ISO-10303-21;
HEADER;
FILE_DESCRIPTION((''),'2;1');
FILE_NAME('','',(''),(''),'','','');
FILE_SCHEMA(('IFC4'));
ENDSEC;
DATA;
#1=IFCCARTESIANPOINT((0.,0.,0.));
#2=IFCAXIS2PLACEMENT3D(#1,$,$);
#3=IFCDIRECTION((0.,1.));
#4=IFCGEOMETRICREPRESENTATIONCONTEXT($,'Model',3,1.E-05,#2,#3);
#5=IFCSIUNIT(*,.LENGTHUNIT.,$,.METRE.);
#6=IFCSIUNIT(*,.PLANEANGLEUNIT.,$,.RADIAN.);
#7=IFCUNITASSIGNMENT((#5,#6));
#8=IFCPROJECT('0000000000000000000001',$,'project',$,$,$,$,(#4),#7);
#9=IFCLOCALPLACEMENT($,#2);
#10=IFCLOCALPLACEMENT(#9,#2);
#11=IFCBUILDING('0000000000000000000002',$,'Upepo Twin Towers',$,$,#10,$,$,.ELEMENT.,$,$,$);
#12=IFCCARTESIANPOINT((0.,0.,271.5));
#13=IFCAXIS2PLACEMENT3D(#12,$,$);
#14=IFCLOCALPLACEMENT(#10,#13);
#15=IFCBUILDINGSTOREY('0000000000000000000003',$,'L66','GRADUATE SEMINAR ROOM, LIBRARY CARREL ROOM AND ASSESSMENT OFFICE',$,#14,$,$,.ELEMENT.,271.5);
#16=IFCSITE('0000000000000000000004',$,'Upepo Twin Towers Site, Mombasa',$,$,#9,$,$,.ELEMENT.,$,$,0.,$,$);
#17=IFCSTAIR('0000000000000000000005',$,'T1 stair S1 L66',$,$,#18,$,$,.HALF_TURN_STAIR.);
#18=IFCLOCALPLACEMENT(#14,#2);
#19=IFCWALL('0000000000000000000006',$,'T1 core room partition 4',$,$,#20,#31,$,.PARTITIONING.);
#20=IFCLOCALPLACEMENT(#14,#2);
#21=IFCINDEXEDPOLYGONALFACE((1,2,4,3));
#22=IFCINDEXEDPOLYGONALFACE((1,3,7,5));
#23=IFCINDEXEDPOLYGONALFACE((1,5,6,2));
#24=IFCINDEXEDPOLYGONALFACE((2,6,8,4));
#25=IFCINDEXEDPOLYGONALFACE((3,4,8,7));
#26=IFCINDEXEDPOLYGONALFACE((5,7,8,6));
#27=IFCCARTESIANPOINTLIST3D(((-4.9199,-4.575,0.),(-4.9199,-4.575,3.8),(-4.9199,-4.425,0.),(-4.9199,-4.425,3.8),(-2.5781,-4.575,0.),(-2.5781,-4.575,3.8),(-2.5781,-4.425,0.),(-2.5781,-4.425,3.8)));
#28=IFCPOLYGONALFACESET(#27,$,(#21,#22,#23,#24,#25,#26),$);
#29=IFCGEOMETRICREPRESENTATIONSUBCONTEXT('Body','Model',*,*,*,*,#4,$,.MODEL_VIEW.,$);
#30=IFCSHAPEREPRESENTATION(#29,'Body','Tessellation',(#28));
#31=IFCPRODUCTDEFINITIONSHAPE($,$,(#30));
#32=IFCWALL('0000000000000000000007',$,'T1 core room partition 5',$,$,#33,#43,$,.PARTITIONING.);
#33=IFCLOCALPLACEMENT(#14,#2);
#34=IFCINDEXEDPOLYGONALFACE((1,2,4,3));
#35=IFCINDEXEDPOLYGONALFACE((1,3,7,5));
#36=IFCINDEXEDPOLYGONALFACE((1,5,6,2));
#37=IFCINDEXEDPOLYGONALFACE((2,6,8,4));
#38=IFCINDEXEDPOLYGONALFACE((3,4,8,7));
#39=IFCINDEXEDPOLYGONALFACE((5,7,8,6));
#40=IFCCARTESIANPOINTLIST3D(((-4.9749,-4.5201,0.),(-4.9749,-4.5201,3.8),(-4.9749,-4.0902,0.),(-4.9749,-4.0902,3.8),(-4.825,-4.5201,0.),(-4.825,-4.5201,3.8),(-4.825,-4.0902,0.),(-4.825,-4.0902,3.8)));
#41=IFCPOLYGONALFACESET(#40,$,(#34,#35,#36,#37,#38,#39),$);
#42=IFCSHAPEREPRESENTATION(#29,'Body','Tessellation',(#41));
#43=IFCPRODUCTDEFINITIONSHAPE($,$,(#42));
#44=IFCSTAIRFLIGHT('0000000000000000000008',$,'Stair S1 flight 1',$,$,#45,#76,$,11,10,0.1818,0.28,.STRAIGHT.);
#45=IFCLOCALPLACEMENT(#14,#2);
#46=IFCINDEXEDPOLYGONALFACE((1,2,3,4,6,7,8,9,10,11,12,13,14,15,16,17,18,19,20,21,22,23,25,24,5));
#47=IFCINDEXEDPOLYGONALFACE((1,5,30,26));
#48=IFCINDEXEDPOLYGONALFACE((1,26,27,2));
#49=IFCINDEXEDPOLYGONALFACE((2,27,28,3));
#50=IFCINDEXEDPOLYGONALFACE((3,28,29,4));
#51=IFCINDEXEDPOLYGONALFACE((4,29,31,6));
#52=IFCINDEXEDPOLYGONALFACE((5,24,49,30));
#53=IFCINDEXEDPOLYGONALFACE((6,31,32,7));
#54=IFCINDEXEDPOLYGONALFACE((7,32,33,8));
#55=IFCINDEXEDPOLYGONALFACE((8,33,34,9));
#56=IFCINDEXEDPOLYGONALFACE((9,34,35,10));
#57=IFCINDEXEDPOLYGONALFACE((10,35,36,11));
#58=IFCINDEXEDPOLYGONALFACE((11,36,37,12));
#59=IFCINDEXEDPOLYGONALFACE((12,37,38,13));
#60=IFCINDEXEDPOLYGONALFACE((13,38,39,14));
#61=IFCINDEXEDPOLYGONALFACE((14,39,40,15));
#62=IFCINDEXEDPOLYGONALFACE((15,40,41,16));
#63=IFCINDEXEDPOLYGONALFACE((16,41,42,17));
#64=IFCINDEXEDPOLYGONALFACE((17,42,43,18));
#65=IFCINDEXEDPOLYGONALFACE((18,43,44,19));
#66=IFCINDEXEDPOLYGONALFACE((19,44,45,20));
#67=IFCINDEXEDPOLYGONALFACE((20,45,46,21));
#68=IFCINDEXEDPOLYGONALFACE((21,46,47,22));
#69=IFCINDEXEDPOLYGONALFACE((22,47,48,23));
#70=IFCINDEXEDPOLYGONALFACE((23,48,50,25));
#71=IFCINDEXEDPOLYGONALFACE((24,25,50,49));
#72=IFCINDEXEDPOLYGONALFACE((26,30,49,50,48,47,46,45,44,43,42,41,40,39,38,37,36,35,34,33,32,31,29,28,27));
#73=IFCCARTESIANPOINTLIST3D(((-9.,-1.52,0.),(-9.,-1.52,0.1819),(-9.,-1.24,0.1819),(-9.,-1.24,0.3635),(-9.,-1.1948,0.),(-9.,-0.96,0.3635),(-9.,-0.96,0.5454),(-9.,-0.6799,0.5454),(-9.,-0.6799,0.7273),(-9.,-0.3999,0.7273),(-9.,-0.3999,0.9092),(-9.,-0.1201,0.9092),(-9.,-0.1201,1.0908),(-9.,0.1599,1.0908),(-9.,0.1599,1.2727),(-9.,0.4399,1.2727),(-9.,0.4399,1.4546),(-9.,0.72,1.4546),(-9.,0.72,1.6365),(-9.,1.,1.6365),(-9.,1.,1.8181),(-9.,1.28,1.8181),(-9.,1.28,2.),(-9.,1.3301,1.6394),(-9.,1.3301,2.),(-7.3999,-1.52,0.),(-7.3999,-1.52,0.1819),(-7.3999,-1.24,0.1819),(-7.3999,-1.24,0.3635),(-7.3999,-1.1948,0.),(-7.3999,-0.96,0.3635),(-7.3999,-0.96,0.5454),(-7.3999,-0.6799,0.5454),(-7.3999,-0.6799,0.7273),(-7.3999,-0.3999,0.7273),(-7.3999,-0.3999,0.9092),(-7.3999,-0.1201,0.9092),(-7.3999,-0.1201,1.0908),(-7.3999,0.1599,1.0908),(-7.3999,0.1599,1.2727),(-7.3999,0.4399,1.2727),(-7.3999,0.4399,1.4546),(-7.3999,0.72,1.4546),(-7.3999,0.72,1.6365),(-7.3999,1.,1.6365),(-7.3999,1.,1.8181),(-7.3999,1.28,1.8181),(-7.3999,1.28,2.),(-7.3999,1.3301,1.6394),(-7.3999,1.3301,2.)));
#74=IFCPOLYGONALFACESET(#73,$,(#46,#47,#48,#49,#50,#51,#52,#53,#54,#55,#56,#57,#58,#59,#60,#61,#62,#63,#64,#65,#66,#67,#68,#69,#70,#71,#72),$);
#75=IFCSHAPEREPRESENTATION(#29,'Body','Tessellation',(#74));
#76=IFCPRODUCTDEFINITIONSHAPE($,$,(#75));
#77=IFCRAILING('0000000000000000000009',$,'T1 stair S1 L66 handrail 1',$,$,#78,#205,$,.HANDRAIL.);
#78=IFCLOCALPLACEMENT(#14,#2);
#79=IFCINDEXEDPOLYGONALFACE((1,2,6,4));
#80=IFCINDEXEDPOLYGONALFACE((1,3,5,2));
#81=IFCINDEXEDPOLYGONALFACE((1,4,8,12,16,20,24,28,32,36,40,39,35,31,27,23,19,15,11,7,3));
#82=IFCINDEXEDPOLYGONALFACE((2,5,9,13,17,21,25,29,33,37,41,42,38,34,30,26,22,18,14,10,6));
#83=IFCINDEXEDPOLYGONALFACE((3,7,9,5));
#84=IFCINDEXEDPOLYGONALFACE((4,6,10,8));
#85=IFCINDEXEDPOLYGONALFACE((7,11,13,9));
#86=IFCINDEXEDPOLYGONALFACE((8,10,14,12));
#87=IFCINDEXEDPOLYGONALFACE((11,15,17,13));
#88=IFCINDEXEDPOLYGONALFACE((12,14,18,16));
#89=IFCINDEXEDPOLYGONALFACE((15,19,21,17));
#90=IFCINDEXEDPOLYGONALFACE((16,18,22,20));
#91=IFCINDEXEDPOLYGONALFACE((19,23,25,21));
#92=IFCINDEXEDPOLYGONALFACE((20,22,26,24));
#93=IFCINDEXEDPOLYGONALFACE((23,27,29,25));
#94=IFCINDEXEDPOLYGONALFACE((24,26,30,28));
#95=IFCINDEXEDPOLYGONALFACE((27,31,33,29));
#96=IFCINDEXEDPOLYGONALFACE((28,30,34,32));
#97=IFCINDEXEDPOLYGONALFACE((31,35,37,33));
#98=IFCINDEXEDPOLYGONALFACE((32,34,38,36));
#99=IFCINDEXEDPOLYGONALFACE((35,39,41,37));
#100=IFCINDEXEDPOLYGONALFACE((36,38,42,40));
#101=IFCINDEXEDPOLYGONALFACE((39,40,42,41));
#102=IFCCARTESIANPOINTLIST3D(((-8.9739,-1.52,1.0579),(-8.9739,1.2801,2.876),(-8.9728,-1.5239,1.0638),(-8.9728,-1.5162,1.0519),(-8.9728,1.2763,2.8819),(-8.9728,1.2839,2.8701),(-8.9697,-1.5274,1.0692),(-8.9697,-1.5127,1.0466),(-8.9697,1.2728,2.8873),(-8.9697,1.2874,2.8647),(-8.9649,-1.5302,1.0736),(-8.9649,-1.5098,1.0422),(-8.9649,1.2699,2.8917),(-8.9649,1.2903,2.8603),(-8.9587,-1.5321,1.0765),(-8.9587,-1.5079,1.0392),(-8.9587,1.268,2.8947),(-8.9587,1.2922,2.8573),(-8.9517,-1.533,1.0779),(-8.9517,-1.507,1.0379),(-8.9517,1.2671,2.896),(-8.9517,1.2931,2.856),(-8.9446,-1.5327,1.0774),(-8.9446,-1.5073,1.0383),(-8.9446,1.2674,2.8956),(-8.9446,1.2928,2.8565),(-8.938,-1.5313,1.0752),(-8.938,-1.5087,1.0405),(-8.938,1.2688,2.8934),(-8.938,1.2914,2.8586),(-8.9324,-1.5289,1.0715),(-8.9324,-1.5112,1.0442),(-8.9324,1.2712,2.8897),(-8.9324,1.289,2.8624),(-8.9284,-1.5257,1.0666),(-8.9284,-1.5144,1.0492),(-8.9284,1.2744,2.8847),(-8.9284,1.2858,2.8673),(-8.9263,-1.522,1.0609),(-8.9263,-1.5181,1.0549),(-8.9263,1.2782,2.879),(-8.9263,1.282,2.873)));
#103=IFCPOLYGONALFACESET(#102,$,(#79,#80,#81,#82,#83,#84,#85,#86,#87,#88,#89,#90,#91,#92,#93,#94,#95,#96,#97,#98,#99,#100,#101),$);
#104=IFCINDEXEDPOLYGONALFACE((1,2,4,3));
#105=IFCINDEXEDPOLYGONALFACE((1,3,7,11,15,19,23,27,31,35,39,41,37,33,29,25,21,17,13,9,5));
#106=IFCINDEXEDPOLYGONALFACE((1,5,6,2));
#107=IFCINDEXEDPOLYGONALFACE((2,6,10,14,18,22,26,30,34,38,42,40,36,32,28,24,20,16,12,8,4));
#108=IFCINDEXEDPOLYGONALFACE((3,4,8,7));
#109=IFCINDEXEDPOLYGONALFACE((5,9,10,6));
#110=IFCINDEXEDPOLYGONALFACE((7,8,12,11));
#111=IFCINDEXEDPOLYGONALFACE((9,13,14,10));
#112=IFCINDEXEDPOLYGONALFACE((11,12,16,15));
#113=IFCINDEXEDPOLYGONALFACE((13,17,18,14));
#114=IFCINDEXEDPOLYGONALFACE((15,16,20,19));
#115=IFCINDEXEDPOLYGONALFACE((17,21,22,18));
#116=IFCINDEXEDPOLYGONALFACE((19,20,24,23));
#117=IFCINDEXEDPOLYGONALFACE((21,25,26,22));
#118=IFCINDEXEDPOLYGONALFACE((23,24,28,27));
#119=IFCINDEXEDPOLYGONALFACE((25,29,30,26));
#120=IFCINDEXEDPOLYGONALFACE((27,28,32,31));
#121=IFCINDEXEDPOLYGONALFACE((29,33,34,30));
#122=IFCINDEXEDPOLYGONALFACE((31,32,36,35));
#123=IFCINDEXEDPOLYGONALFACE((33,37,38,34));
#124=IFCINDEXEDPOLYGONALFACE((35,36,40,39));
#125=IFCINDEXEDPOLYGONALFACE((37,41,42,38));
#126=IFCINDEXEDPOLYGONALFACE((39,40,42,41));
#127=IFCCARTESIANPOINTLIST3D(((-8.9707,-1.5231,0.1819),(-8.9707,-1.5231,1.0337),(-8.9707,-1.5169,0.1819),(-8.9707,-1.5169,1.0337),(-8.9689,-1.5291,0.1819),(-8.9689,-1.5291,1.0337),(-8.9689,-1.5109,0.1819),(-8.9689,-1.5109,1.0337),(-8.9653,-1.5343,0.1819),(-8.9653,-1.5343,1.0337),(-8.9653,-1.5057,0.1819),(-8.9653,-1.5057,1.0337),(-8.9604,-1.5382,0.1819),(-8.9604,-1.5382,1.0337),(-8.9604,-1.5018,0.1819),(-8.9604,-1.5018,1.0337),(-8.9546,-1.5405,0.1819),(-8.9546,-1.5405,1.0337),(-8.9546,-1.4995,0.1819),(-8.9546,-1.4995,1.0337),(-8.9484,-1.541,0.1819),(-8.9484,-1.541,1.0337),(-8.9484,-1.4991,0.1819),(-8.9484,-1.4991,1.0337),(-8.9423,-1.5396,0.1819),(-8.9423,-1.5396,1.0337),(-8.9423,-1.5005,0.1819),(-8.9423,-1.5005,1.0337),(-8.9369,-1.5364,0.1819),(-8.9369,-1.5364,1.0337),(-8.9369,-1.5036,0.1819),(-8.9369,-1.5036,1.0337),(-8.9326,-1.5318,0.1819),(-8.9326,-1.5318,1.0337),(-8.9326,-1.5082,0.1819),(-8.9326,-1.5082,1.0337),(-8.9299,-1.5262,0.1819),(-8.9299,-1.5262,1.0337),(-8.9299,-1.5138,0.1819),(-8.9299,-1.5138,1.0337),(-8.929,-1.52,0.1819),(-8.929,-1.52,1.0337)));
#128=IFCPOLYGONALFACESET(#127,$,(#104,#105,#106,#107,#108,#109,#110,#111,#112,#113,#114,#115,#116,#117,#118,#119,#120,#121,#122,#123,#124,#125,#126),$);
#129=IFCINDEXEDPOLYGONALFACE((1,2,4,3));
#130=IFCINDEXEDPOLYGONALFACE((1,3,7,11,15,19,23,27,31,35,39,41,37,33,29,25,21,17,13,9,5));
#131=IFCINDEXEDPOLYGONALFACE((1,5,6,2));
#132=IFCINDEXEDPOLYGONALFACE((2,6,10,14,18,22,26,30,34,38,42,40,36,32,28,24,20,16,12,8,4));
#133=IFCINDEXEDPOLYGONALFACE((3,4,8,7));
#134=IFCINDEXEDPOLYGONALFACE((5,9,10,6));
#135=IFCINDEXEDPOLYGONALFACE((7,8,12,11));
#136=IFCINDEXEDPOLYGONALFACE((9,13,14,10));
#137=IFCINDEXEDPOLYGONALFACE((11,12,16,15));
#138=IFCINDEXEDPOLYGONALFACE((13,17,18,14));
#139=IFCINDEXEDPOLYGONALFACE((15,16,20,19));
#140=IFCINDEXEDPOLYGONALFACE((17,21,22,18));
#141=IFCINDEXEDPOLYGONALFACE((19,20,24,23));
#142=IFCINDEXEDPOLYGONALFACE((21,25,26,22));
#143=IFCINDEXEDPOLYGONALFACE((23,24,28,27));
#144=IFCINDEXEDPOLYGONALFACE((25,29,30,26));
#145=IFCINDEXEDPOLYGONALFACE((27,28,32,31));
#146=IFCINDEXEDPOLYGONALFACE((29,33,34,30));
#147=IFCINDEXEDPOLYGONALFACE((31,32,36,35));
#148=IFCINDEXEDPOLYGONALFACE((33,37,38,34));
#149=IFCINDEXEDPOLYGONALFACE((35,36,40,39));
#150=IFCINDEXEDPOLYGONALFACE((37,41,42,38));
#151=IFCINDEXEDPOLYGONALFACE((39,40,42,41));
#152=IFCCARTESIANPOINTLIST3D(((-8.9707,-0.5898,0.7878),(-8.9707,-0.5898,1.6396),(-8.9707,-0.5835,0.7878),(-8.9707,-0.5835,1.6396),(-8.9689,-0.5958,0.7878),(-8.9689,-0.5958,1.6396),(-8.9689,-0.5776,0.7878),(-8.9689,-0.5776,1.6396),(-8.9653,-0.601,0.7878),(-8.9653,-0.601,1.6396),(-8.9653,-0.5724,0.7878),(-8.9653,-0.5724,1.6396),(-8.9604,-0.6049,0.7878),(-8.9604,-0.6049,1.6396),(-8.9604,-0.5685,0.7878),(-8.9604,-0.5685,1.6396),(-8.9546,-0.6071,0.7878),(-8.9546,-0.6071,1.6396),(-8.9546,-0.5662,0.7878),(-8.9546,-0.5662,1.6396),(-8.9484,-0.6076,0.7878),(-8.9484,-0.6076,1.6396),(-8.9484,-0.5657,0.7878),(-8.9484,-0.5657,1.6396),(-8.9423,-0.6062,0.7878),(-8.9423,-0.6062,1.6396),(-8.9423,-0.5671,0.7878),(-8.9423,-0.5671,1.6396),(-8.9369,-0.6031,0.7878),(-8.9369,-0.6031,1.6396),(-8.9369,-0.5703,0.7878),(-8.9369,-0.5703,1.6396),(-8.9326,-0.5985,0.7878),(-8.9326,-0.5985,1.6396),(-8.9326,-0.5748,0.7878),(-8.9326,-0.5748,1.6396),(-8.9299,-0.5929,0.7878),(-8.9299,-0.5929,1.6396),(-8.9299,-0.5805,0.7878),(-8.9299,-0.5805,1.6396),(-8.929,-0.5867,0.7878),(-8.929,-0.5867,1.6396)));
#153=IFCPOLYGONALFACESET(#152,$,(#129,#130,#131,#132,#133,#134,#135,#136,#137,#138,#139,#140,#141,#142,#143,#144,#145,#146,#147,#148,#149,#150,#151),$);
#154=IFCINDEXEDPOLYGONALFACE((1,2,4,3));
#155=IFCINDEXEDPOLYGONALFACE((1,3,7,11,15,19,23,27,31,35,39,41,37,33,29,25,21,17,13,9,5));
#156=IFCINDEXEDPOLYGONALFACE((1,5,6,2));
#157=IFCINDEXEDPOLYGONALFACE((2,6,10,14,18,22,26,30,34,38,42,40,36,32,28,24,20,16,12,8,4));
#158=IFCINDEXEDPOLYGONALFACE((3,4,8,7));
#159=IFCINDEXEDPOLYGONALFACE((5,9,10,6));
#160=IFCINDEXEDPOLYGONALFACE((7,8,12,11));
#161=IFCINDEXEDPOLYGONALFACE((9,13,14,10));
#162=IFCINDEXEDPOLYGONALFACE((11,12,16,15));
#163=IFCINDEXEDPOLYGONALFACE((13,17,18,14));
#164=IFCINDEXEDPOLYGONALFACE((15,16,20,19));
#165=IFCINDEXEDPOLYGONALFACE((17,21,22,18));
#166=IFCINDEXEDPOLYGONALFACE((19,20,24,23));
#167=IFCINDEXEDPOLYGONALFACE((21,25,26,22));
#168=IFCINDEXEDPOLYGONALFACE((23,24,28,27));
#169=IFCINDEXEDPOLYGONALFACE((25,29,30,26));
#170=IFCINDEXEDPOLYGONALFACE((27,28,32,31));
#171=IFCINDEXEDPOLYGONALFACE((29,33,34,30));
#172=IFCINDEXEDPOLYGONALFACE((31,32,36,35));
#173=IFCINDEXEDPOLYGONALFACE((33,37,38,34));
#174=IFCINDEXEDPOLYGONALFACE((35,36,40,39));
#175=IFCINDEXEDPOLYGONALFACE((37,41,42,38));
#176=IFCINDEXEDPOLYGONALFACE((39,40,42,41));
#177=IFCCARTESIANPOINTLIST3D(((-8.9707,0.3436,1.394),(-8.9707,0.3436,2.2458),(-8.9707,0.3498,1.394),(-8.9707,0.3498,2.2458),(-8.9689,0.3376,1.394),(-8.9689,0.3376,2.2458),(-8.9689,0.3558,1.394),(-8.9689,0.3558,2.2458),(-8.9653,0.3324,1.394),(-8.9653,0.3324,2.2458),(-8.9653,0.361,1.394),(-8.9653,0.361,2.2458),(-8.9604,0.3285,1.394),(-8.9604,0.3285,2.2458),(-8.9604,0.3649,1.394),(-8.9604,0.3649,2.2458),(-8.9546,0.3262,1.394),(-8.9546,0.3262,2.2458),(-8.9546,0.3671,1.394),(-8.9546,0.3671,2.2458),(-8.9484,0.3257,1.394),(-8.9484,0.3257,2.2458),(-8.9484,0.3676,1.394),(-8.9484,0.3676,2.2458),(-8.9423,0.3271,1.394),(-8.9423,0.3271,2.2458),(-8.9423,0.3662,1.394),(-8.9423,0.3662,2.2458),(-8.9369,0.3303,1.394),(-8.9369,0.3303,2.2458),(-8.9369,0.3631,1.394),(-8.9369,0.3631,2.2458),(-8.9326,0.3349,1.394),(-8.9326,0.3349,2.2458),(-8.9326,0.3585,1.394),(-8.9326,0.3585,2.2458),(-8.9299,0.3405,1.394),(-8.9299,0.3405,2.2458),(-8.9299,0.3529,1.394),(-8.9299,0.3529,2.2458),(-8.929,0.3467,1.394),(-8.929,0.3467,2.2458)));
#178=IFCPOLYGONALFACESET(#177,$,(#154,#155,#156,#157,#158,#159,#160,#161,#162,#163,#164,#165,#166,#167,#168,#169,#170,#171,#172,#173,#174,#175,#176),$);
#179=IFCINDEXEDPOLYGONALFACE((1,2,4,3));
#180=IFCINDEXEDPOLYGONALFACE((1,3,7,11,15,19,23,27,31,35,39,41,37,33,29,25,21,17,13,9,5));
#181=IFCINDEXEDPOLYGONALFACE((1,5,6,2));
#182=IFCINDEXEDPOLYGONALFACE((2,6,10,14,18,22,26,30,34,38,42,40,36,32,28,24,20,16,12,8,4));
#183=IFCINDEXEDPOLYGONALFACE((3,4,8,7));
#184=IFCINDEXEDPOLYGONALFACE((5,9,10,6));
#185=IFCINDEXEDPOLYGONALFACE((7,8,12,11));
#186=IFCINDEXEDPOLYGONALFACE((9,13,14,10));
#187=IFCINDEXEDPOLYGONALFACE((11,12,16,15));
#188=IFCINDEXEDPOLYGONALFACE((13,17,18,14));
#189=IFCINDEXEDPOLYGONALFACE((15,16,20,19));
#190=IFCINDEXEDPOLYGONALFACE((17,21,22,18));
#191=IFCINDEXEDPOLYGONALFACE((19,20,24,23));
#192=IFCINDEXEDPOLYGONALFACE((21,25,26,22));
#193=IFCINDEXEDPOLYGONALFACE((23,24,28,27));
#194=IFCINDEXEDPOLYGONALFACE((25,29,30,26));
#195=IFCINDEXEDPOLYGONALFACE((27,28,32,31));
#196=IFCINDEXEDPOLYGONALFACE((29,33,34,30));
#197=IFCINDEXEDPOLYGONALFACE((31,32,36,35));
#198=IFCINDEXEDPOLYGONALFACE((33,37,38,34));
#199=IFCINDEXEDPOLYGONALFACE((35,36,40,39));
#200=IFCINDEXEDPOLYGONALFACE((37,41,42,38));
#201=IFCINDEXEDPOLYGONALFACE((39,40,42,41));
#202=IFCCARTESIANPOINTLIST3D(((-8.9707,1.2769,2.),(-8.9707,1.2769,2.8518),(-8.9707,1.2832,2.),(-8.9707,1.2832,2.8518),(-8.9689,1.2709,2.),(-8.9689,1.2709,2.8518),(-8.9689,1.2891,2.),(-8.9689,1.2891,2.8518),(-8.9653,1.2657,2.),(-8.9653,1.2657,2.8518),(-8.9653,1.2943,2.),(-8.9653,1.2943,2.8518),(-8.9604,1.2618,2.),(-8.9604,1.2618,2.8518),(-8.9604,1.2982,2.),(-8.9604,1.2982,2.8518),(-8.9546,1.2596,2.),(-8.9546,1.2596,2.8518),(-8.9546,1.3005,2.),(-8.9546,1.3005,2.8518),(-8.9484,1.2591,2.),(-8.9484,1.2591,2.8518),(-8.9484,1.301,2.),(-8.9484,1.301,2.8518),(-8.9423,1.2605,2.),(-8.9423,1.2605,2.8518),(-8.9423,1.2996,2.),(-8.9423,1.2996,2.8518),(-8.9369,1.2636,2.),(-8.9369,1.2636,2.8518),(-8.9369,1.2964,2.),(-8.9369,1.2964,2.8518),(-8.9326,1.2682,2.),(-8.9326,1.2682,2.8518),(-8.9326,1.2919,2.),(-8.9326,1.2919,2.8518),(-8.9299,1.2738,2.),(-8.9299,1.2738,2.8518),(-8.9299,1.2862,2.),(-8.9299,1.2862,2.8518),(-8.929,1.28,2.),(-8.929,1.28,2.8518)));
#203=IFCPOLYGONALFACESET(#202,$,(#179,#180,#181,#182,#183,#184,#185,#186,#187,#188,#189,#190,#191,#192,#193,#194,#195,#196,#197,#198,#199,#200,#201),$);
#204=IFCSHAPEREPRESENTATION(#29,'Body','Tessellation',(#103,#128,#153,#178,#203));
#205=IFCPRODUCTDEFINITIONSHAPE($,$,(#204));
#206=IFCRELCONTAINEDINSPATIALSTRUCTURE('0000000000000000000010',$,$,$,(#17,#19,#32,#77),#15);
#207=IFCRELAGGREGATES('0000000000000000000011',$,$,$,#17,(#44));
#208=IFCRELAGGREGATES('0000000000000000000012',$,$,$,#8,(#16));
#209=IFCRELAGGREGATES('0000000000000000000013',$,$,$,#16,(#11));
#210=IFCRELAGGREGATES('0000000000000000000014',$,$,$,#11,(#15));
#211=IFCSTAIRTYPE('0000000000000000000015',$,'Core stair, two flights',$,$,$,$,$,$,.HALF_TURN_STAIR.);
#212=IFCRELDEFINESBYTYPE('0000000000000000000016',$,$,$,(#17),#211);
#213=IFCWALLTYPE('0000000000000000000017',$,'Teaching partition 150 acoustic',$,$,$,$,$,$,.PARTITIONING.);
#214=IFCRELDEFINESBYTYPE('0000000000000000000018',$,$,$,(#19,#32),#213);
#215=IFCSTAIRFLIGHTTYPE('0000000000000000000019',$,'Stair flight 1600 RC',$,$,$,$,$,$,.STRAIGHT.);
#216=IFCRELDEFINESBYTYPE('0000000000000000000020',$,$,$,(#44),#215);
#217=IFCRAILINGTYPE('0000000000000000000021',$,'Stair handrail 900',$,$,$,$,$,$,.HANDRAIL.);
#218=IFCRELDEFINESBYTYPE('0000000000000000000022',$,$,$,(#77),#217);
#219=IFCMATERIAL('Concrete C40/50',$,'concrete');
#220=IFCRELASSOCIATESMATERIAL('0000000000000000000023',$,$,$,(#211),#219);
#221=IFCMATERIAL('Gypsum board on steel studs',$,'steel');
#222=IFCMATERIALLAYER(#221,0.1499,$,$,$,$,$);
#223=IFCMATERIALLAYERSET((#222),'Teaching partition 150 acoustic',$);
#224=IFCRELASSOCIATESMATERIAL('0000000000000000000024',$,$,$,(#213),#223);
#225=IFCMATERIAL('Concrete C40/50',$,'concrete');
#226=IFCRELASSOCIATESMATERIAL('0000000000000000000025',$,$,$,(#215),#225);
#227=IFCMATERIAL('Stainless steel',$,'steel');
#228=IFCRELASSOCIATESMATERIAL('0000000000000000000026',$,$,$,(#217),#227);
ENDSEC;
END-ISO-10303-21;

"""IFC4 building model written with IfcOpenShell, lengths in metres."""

from ifc_helpers import new_model, si_unit, direction, frame, frame_2d, origin, origin_2d, place, context, subcontext, project, spatial, polyline, rectangle, circle, outline, extrude, material, layer, layer_set, type_object, element, aggregate, save


model = new_model("IFC4")

# Units and contexts
model_context = context("Model", 3, precision=1e-05, world=origin(), true_north=direction((0.0, 1.0)))
body_context = subcontext(model_context, "Body", "Model", "MODEL_VIEW")
ifc_project = project(units=[si_unit("LENGTHUNIT", "METRE"), si_unit("PLANEANGLEUNIT", "RADIAN")], contexts=[model_context])

# Site, building, storey
site_placement = place(None, origin())
site = spatial("IfcSite", under=ifc_project, at=site_placement, Name="Upepo Twin Towers Site, Mombasa", CompositionType="ELEMENT", RefElevation=0.0)
building_placement = place(site_placement, origin())
building = spatial("IfcBuilding", under=site, at=building_placement, Name="Upepo Twin Towers", CompositionType="ELEMENT")
storey_placement = place(building_placement, frame((0.0, 0.0, 271.5)))
storey = spatial("IfcBuildingStorey", under=building, at=storey_placement, Name="L66", Description="GRADUATE SEMINAR ROOM, LIBRARY CARREL ROOM AND ASSESSMENT OFFICE", CompositionType="ELEMENT", Elevation=271.5)

# Stair
ifc_material_1 = material(Name="Concrete C40/50", Category="concrete")
stair_type = type_object("IfcStairType", Name="Core stair, two flights", PredefinedType="HALF_TURN_STAIR", material=ifc_material_1)
stair_placement = place(storey_placement, origin())
stair = element("IfcStair", 1, at=stair_placement, inside=storey, type_object=stair_type, Name="T1 stair S1 L66", PredefinedType="HALF_TURN_STAIR")

# Shared definitions
ifc_material_2 = material(Name="Gypsum board on steel studs", Category="steel")
ifc_layer_1 = layer(ifc_material_2, 0.1499)
ifc_layer_set_1 = layer_set([ifc_layer_1], Name="Teaching partition 150 acoustic")
wall_type_1 = type_object("IfcWallType", Name="Teaching partition 150 acoustic", PredefinedType="PARTITIONING", material=ifc_layer_set_1)

# Walls
wall_1_placement = place(storey_placement, frame((-2.5781, -4.5, 0.0), z_axis=(0.0, 0.0, 1.0), x_axis=(-1.0, 0.0, 0.0)))
element("IfcWall", 2, at=wall_1_placement, inside=storey, type_object=wall_type_1, Name="T1 core room partition 4", PredefinedType="PARTITIONING", context=body_context, shape_type="SweptSolid", body=[
    extrude(rectangle(XDim=2.3418, YDim=0.1499, at=frame_2d((1.1709, 0.0))), origin(), (0.0, 0.0, 1.0), 3.8),
])
wall_2_placement = place(storey_placement, frame((-4.8999, -4.52, 0.0), z_axis=(0.0, 0.0, 1.0), x_axis=(0.0, 1.0, 0.0)))
element("IfcWall", 3, at=wall_2_placement, inside=storey, type_object=wall_type_1, Name="T1 core room partition 5", PredefinedType="PARTITIONING", context=body_context, shape_type="SweptSolid", body=[
    extrude(rectangle(XDim=0.4299, YDim=0.1499, at=frame_2d((0.2148, 0.0))), origin(), (0.0, 0.0, 1.0), 3.8),
])

# Stair flight
ifc_material_3 = material(Name="Concrete C40/50", Category="concrete")
stair_flight_type = type_object("IfcStairFlightType", Name="Stair flight 1600 RC", PredefinedType="STRAIGHT", material=ifc_material_3)
stair_flight_placement = place(storey_placement, frame((-8.2, -1.52, 0.0), z_axis=(0.0, 0.0, 1.0), x_axis=(0.0, 1.0, 0.0)))
stair_flight = element("IfcStairFlight", 4, at=stair_flight_placement, type_object=stair_flight_type, Name="Stair S1 flight 1", NumberOfRisers=11, NumberOfTreads=10, PredefinedType="STRAIGHT", RiserHeight=0.1818, TreadLength=0.28, context=body_context, shape_type="SweptSolid", body=[
    extrude(outline(polyline([(0.0, 0.0), (0.0, 0.1819), (0.28, 0.1819), (0.28, 0.3635), (0.5601, 0.3635), (0.5601, 0.5454), (0.8401, 0.5454), (0.8401, 0.7273), (1.1201, 0.7273), (1.1201, 0.9092), (1.3999, 0.9092), (1.3999, 1.0908), (1.6799, 1.0908), (1.6799, 1.2727), (1.96, 1.2727), (1.96, 1.4546), (2.24, 1.4546), (2.24, 1.6365), (2.52, 1.6365), (2.52, 1.8181), (2.8, 1.8181), (2.8, 2.0), (2.8501, 2.0), (2.8501, 1.6394), (0.3252, 0.0), (0.0, 0.0)])), frame((0.0, 0.8, 0.0), z_axis=(0.0, -1.0, 0.0), x_axis=(1.0, 0.0, 0.0)), (0.0, 0.0, 1.0), 1.6001),
])
aggregate(stair, [stair_flight])

# Railing
ifc_material_4 = material(Name="Stainless steel", Category="steel")
railing_type = type_object("IfcRailingType", Name="Stair handrail 900", PredefinedType="HANDRAIL", material=ifc_material_4)
railing_placement = place(storey_placement, frame((-8.95, -1.52, 0.1819)))
element("IfcRailing", 5, at=railing_placement, inside=storey, type_object=railing_type, Name="T1 stair S1 L66 handrail 1", PredefinedType="HANDRAIL", context=body_context, shape_type="SweptSolid", body=[
    extrude(circle(Radius=0.0239, at=origin_2d()), frame((0.0, 0.0, 0.876), z_axis=(0.0, 0.838706, 0.544585), x_axis=(-1.0, 0.0, 0.0)), (0.0, 0.0, 1.0), 3.3386),
    extrude(circle(Radius=0.021, at=origin_2d()), origin(), (0.0, 0.0, 1.0), 0.8518),
    extrude(circle(Radius=0.021, at=origin_2d()), frame((0.0, 0.9333, 0.606)), (0.0, 0.0, 1.0), 0.8518),
    extrude(circle(Radius=0.021, at=origin_2d()), frame((0.0, 1.8667, 1.2122)), (0.0, 0.0, 1.0), 0.8518),
    extrude(circle(Radius=0.021, at=origin_2d()), frame((0.0, 2.8, 1.8181)), (0.0, 0.0, 1.0), 0.8518),
])

save(model, "model.ifc")
